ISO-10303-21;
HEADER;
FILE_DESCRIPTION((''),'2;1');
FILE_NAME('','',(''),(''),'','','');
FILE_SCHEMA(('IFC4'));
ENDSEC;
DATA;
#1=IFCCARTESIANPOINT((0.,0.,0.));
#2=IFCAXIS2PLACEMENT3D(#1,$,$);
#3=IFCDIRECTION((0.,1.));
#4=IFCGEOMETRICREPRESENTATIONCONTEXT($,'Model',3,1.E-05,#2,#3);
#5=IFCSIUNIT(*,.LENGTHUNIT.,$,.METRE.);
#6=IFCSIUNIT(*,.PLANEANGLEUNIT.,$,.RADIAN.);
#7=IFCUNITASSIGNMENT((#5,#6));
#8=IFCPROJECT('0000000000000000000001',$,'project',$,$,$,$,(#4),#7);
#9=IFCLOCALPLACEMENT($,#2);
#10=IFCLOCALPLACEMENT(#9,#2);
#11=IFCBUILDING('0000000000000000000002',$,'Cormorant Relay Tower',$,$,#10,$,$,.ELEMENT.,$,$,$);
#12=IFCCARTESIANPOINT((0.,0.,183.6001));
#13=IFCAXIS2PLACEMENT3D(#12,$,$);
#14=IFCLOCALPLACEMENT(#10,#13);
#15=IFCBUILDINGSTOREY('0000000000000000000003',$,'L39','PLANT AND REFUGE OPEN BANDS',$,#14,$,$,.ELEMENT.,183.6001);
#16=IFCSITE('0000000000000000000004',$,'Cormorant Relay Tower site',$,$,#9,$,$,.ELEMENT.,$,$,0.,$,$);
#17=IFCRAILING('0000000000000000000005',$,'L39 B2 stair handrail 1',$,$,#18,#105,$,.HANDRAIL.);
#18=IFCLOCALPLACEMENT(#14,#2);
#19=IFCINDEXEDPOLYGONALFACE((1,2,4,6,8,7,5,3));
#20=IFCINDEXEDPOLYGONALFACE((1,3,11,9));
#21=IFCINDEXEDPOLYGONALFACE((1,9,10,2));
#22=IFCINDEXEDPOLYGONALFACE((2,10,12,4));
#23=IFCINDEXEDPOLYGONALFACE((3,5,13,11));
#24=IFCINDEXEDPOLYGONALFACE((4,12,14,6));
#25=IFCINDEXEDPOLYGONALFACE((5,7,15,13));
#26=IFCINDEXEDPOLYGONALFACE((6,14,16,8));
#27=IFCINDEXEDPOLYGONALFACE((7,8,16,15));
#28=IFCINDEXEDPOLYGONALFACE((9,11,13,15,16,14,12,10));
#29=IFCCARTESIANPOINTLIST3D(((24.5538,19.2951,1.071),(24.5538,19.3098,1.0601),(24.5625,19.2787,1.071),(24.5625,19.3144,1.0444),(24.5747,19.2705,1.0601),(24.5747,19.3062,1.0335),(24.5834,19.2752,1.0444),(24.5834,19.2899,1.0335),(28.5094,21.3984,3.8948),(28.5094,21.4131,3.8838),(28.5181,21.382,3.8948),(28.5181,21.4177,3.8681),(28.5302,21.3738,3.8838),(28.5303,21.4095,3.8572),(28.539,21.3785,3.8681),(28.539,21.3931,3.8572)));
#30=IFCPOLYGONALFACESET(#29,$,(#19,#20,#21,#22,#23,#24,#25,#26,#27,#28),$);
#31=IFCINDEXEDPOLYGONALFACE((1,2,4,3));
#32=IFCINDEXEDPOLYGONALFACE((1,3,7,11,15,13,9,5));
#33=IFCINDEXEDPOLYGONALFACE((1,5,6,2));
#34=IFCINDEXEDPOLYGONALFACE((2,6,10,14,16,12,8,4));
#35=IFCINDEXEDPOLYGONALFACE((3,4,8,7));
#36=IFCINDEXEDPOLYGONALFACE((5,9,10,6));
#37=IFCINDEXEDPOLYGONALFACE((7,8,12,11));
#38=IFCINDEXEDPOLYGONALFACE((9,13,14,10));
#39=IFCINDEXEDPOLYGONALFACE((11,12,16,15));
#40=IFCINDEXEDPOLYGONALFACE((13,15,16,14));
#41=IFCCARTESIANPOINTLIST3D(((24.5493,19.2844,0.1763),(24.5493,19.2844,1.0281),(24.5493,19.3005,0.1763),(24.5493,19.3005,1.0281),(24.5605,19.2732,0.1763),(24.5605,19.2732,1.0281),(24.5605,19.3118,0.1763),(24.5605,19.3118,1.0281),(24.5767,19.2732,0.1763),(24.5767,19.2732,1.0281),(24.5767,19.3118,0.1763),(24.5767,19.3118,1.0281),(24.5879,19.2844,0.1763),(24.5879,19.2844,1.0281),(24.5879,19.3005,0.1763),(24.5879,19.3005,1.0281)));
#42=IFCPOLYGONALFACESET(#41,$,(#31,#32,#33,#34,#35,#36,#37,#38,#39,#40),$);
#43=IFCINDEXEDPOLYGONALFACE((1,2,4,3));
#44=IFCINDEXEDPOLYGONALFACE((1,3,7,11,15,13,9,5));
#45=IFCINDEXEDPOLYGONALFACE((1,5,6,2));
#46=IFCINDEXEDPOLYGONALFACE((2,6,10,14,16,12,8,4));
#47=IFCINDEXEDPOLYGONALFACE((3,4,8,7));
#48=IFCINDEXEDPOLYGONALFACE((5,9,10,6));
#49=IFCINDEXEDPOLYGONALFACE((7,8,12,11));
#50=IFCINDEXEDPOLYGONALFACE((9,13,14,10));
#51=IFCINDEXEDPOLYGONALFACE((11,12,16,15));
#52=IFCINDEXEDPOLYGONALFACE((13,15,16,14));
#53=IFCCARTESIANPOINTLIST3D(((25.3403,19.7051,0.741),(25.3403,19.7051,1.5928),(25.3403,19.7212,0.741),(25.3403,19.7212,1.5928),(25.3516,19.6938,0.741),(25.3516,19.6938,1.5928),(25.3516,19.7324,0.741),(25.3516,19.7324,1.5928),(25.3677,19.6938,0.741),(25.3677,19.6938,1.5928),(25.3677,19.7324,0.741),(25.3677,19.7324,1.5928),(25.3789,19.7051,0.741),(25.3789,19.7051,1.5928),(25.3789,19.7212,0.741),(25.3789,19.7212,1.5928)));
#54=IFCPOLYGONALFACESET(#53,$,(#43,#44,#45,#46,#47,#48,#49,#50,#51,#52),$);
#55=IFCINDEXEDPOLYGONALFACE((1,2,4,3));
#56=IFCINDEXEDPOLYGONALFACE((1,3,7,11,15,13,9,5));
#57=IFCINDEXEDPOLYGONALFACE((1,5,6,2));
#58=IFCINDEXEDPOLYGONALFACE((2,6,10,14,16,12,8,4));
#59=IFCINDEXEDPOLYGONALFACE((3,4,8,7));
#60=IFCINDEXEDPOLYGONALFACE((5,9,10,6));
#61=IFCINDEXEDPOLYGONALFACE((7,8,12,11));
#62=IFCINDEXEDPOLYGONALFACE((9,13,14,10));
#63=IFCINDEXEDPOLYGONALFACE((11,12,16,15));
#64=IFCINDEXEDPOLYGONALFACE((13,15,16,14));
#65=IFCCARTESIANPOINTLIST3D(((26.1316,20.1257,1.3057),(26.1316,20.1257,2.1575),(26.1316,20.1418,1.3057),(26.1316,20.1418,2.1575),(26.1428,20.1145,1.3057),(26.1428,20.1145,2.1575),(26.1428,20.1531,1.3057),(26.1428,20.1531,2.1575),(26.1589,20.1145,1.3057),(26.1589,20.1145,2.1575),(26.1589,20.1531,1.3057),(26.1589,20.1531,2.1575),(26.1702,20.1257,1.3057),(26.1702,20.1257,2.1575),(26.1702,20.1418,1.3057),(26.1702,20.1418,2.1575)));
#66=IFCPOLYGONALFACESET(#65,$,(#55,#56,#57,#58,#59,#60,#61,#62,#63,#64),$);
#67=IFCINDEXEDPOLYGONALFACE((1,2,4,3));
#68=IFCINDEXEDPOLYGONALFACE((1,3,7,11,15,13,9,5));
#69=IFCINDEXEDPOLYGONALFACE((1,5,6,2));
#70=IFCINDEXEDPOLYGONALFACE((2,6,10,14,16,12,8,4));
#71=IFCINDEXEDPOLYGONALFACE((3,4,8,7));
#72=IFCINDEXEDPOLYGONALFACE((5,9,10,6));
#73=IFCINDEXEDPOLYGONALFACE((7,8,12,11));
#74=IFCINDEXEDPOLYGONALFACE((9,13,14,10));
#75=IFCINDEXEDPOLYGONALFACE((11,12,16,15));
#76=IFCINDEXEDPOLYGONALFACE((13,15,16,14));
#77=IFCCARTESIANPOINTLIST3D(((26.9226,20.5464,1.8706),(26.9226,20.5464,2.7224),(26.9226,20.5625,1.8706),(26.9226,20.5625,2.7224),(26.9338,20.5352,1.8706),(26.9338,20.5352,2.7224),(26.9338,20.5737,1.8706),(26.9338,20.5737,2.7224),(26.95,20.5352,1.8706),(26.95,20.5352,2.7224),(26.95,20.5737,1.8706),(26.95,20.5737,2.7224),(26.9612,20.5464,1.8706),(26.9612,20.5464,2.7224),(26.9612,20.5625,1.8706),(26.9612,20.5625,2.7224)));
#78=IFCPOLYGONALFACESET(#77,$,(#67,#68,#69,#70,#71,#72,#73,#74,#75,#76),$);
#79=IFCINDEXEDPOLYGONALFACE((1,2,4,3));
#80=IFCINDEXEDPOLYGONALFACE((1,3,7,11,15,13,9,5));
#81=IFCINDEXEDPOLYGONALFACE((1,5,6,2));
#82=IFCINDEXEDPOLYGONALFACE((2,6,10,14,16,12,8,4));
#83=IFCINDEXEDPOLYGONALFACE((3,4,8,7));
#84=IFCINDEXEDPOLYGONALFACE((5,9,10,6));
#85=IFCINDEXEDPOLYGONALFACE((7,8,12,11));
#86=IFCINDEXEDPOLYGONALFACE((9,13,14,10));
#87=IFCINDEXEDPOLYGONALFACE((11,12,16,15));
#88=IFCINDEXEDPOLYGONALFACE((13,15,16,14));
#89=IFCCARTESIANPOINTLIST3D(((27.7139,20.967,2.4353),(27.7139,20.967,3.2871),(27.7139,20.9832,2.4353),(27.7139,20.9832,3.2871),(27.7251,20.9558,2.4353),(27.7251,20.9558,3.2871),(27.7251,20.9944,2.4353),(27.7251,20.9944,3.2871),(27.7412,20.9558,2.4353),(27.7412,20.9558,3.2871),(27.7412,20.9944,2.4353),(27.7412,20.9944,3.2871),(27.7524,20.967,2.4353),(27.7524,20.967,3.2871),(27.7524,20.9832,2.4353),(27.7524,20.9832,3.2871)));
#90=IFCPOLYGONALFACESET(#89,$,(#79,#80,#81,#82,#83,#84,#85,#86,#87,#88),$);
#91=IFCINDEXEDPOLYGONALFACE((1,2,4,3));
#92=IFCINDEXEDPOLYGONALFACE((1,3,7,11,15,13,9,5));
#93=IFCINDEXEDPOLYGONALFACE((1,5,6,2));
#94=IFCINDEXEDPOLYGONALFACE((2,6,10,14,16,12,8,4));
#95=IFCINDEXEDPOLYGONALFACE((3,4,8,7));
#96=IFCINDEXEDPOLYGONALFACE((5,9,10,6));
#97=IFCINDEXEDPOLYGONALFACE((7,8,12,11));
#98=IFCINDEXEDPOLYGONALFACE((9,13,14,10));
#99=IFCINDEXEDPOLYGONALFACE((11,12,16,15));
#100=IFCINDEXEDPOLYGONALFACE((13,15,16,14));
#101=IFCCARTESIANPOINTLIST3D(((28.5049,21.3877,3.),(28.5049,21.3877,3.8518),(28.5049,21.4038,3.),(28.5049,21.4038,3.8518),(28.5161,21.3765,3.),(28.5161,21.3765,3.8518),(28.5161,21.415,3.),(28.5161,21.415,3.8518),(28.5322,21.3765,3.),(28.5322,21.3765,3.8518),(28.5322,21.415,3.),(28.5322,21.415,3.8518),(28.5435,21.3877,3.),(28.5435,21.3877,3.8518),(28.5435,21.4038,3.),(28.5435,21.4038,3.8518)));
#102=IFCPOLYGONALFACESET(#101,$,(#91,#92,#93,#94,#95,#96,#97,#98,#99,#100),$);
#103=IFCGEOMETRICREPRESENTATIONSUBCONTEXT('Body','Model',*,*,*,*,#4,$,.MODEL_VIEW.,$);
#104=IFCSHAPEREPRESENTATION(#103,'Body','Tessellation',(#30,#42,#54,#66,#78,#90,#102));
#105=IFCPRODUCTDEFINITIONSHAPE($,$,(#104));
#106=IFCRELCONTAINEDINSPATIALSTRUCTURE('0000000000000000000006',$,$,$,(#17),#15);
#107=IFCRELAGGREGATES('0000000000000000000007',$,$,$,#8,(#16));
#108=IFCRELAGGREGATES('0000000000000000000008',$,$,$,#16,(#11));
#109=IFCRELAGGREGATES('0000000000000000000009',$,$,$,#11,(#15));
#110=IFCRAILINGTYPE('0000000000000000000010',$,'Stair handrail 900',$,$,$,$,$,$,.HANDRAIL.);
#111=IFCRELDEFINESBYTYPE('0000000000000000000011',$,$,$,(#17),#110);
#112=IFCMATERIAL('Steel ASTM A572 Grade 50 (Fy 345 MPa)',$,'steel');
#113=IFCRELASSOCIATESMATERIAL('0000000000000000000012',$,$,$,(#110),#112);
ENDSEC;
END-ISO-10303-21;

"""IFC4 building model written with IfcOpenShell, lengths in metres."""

from ifc_helpers import new_model, si_unit, direction, frame, origin, place, context, subcontext, project, spatial, polyline, outline, extrude, material, type_object, element, save


model = new_model("IFC4")

# Units and contexts
model_context = context("Model", 3, precision=1e-05, world=origin(), true_north=direction((0.0, 1.0)))
body_context = subcontext(model_context, "Body", "Model", "MODEL_VIEW")
ifc_project = project(units=[si_unit("LENGTHUNIT", "METRE"), si_unit("PLANEANGLEUNIT", "RADIAN")], contexts=[model_context])

# Site, building, storey
site_placement = place(None, origin())
site = spatial("IfcSite", under=ifc_project, at=site_placement, Name="Cormorant Relay Tower site", CompositionType="ELEMENT", RefElevation=0.0)
building_placement = place(site_placement, origin())
building = spatial("IfcBuilding", under=site, at=building_placement, Name="Cormorant Relay Tower", CompositionType="ELEMENT")
storey_placement = place(building_placement, frame((0.0, 0.0, 183.6001)))
storey = spatial("IfcBuildingStorey", under=building, at=storey_placement, Name="L39", Description="PLANT AND REFUGE OPEN BANDS", CompositionType="ELEMENT", Elevation=183.6001)

# Railing
ifc_material_1 = material(Name="Steel ASTM A572 Grade 50 (Fy 345 MPa)", Category="steel")
railing_type_1 = type_object("IfcRailingType", Name="Stair handrail 900", PredefinedType="HANDRAIL", material=ifc_material_1)
railing_1_placement = place(storey_placement, frame((24.5686, 19.2925, 0.1763)))
element("IfcRailing", 1, at=railing_1_placement, inside=storey, type_object=railing_type_1, Name="L39 B2 stair handrail 1", PredefinedType="HANDRAIL", context=body_context, shape_type="SweptSolid", body=[
    extrude(outline(polyline([(0.0222, 0.0093), (0.0093, 0.0222), (-0.0093, 0.0222), (-0.0222, 0.0093), (-0.0222, -0.0093), (-0.0093, -0.0222), (0.0093, -0.0222), (0.0222, -0.0093), (0.0222, 0.0093)])), frame((0.0, 0.0, 0.876), z_axis=(0.746949, 0.397171, 0.533219), x_axis=(-0.469482, 0.882942, 0.0)), (0.0, 0.0, 1.0), 5.2957),
    extrude(outline(polyline([(0.0193, 0.0081), (0.0081, 0.0193), (-0.0081, 0.0193), (-0.0193, 0.0081), (-0.0193, -0.0081), (-0.0081, -0.0193), (0.0081, -0.0193), (0.0193, -0.0081), (0.0193, 0.0081)])), origin(), (0.0, 0.0, 1.0), 0.8518),
    extrude(outline(polyline([(0.0193, 0.0081), (0.0081, 0.0193), (-0.0081, 0.0193), (-0.0193, 0.0081), (-0.0193, -0.0081), (-0.0081, -0.0193), (0.0081, -0.0193), (0.0193, -0.0081), (0.0193, 0.0081)])), frame((0.791, 0.4207, 0.5647)), (0.0, 0.0, 1.0), 0.8518),
    extrude(outline(polyline([(0.0193, 0.0081), (0.0081, 0.0193), (-0.0081, 0.0193), (-0.0193, 0.0081), (-0.0193, -0.0081), (-0.0081, -0.0193), (0.0081, -0.0193), (0.0193, -0.0081), (0.0193, 0.0081)])), frame((1.5823, 0.8413, 1.1294)), (0.0, 0.0, 1.0), 0.8518),
    extrude(outline(polyline([(0.0193, 0.0081), (0.0081, 0.0193), (-0.0081, 0.0193), (-0.0193, 0.0081), (-0.0193, -0.0081), (-0.0081, -0.0193), (0.0081, -0.0193), (0.0193, -0.0081), (0.0193, 0.0081)])), frame((2.3733, 1.262, 1.6943)), (0.0, 0.0, 1.0), 0.8518),
    extrude(outline(polyline([(0.0193, 0.0081), (0.0081, 0.0193), (-0.0081, 0.0193), (-0.0193, 0.0081), (-0.0193, -0.0081), (-0.0081, -0.0193), (0.0081, -0.0193), (0.0193, -0.0081), (0.0193, 0.0081)])), frame((3.1646, 1.6826, 2.259)), (0.0, 0.0, 1.0), 0.8518),
    extrude(outline(polyline([(0.0193, 0.0081), (0.0081, 0.0193), (-0.0081, 0.0193), (-0.0193, 0.0081), (-0.0193, -0.0081), (-0.0081, -0.0193), (0.0081, -0.0193), (0.0193, -0.0081), (0.0193, 0.0081)])), frame((3.9556, 2.1033, 2.8237)), (0.0, 0.0, 1.0), 0.8518),
])

save(model, "model.ifc")
